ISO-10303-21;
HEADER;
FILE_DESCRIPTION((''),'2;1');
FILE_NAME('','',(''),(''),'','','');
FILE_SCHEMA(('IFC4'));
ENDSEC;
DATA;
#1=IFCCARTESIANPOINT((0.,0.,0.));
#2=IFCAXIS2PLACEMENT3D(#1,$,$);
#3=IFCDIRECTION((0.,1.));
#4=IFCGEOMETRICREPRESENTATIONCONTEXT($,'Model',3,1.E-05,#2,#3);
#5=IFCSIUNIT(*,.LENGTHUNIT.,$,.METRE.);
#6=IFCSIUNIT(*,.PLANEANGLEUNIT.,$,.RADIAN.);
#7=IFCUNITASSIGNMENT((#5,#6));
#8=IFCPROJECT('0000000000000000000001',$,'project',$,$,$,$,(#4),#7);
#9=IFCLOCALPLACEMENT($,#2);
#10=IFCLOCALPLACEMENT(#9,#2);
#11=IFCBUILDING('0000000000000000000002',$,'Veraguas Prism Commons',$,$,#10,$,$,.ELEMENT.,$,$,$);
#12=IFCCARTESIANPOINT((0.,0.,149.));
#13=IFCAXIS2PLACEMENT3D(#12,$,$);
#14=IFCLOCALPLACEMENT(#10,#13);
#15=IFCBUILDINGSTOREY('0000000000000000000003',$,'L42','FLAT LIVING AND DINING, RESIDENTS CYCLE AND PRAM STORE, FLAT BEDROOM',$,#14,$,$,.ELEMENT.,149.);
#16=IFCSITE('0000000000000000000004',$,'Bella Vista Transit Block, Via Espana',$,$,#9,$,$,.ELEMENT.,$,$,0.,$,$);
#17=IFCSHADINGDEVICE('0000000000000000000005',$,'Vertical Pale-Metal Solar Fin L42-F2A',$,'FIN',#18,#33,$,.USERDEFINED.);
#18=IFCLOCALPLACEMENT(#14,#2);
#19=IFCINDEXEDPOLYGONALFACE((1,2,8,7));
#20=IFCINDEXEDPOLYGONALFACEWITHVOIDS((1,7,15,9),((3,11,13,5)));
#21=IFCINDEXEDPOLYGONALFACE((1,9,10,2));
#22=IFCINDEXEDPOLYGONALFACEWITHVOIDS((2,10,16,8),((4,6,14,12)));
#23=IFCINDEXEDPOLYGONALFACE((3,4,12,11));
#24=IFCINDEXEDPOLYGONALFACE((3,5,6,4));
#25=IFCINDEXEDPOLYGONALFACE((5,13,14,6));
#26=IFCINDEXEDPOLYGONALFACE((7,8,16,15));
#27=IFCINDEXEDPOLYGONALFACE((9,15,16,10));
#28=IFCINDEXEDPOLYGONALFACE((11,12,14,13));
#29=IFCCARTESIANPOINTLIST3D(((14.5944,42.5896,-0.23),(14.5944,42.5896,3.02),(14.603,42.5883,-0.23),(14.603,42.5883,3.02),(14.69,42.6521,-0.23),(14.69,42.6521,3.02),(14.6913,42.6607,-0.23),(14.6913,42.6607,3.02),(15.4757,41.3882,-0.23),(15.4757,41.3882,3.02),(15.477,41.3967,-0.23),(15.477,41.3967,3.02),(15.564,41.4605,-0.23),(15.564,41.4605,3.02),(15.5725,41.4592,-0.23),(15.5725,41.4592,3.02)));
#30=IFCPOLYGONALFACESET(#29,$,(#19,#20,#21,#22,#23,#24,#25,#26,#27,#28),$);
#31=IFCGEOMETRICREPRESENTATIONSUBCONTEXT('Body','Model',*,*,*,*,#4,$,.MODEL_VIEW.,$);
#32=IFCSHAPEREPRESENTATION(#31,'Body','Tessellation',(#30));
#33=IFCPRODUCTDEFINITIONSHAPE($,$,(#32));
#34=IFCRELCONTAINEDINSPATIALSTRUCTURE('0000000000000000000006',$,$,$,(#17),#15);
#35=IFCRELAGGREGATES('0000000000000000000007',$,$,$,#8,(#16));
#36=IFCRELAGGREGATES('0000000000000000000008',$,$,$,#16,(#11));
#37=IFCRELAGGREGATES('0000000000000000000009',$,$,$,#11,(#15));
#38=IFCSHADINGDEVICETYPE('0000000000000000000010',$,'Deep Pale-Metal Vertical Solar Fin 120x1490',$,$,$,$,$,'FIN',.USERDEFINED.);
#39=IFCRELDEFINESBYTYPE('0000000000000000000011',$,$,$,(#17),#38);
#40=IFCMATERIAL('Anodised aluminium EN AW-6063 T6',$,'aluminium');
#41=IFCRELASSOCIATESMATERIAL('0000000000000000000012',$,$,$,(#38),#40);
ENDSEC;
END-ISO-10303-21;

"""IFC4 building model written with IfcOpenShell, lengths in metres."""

from ifc_helpers import new_model, si_unit, direction, frame, origin, origin_2d, place, context, subcontext, project, spatial, hollow_rectangle, extrude, material, material_profile, profile_set, type_object, element, save


model = new_model("IFC4")

# Units and contexts
model_context = context("Model", 3, precision=1e-05, world=origin(), true_north=direction((0.0, 1.0)))
body_context = subcontext(model_context, "Body", "Model", "MODEL_VIEW")
ifc_project = project(units=[si_unit("LENGTHUNIT", "METRE"), si_unit("PLANEANGLEUNIT", "RADIAN")], contexts=[model_context])

# Site, building, storey
site_placement = place(None, origin())
site = spatial("IfcSite", under=ifc_project, at=site_placement, Name="Bella Vista Transit Block, Via Espana", CompositionType="ELEMENT", RefElevation=0.0)
building_placement = place(site_placement, origin())
building = spatial("IfcBuilding", under=site, at=building_placement, Name="Veraguas Prism Commons", CompositionType="ELEMENT")
storey_placement = place(building_placement, frame((0.0, 0.0, 149.0)))
storey = spatial("IfcBuildingStorey", under=building, at=storey_placement, Name="L42", Description="FLAT LIVING AND DINING, RESIDENTS CYCLE AND PRAM STORE, FLAT BEDROOM", CompositionType="ELEMENT", Elevation=149.0)

# Shared definitions
ifc_material_1 = material(Name="Anodised aluminium EN AW-6063 T6", Category="aluminium")

# Shading device
ifc_material_profile_1 = material_profile(ifc_material_1, hollow_rectangle(XDim=0.1201, YDim=1.49, WallThickness=0.0061, at=origin_2d()), Name="FIN120X1490X6")
ifc_profile_set_1 = profile_set([ifc_material_profile_1], Name="Anodised aluminium EN AW-6063 T6")
shading_device_type = type_object("IfcShadingDeviceType", Name="Deep Pale-Metal Vertical Solar Fin 120x1490", ElementType="FIN", PredefinedType="USERDEFINED", material=ifc_profile_set_1)
shading_device_placement = place(storey_placement, frame((15.0835, 42.0244, -0.23), z_axis=(0.0, 0.0, 1.0), x_axis=(-0.806343, -0.591448, 0.0)))
element("IfcShadingDevice", 1, at=shading_device_placement, inside=storey, type_object=shading_device_type, Name="Vertical Pale-Metal Solar Fin L42-F2A", ObjectType="FIN", PredefinedType="USERDEFINED", context=body_context, shape_type="SweptSolid", body=[
    extrude(hollow_rectangle(XDim=0.1201, YDim=1.49, WallThickness=0.0061, at=origin_2d()), origin(), (0.0, 0.0, 1.0), 3.25),
])

save(model, "model.ifc")
